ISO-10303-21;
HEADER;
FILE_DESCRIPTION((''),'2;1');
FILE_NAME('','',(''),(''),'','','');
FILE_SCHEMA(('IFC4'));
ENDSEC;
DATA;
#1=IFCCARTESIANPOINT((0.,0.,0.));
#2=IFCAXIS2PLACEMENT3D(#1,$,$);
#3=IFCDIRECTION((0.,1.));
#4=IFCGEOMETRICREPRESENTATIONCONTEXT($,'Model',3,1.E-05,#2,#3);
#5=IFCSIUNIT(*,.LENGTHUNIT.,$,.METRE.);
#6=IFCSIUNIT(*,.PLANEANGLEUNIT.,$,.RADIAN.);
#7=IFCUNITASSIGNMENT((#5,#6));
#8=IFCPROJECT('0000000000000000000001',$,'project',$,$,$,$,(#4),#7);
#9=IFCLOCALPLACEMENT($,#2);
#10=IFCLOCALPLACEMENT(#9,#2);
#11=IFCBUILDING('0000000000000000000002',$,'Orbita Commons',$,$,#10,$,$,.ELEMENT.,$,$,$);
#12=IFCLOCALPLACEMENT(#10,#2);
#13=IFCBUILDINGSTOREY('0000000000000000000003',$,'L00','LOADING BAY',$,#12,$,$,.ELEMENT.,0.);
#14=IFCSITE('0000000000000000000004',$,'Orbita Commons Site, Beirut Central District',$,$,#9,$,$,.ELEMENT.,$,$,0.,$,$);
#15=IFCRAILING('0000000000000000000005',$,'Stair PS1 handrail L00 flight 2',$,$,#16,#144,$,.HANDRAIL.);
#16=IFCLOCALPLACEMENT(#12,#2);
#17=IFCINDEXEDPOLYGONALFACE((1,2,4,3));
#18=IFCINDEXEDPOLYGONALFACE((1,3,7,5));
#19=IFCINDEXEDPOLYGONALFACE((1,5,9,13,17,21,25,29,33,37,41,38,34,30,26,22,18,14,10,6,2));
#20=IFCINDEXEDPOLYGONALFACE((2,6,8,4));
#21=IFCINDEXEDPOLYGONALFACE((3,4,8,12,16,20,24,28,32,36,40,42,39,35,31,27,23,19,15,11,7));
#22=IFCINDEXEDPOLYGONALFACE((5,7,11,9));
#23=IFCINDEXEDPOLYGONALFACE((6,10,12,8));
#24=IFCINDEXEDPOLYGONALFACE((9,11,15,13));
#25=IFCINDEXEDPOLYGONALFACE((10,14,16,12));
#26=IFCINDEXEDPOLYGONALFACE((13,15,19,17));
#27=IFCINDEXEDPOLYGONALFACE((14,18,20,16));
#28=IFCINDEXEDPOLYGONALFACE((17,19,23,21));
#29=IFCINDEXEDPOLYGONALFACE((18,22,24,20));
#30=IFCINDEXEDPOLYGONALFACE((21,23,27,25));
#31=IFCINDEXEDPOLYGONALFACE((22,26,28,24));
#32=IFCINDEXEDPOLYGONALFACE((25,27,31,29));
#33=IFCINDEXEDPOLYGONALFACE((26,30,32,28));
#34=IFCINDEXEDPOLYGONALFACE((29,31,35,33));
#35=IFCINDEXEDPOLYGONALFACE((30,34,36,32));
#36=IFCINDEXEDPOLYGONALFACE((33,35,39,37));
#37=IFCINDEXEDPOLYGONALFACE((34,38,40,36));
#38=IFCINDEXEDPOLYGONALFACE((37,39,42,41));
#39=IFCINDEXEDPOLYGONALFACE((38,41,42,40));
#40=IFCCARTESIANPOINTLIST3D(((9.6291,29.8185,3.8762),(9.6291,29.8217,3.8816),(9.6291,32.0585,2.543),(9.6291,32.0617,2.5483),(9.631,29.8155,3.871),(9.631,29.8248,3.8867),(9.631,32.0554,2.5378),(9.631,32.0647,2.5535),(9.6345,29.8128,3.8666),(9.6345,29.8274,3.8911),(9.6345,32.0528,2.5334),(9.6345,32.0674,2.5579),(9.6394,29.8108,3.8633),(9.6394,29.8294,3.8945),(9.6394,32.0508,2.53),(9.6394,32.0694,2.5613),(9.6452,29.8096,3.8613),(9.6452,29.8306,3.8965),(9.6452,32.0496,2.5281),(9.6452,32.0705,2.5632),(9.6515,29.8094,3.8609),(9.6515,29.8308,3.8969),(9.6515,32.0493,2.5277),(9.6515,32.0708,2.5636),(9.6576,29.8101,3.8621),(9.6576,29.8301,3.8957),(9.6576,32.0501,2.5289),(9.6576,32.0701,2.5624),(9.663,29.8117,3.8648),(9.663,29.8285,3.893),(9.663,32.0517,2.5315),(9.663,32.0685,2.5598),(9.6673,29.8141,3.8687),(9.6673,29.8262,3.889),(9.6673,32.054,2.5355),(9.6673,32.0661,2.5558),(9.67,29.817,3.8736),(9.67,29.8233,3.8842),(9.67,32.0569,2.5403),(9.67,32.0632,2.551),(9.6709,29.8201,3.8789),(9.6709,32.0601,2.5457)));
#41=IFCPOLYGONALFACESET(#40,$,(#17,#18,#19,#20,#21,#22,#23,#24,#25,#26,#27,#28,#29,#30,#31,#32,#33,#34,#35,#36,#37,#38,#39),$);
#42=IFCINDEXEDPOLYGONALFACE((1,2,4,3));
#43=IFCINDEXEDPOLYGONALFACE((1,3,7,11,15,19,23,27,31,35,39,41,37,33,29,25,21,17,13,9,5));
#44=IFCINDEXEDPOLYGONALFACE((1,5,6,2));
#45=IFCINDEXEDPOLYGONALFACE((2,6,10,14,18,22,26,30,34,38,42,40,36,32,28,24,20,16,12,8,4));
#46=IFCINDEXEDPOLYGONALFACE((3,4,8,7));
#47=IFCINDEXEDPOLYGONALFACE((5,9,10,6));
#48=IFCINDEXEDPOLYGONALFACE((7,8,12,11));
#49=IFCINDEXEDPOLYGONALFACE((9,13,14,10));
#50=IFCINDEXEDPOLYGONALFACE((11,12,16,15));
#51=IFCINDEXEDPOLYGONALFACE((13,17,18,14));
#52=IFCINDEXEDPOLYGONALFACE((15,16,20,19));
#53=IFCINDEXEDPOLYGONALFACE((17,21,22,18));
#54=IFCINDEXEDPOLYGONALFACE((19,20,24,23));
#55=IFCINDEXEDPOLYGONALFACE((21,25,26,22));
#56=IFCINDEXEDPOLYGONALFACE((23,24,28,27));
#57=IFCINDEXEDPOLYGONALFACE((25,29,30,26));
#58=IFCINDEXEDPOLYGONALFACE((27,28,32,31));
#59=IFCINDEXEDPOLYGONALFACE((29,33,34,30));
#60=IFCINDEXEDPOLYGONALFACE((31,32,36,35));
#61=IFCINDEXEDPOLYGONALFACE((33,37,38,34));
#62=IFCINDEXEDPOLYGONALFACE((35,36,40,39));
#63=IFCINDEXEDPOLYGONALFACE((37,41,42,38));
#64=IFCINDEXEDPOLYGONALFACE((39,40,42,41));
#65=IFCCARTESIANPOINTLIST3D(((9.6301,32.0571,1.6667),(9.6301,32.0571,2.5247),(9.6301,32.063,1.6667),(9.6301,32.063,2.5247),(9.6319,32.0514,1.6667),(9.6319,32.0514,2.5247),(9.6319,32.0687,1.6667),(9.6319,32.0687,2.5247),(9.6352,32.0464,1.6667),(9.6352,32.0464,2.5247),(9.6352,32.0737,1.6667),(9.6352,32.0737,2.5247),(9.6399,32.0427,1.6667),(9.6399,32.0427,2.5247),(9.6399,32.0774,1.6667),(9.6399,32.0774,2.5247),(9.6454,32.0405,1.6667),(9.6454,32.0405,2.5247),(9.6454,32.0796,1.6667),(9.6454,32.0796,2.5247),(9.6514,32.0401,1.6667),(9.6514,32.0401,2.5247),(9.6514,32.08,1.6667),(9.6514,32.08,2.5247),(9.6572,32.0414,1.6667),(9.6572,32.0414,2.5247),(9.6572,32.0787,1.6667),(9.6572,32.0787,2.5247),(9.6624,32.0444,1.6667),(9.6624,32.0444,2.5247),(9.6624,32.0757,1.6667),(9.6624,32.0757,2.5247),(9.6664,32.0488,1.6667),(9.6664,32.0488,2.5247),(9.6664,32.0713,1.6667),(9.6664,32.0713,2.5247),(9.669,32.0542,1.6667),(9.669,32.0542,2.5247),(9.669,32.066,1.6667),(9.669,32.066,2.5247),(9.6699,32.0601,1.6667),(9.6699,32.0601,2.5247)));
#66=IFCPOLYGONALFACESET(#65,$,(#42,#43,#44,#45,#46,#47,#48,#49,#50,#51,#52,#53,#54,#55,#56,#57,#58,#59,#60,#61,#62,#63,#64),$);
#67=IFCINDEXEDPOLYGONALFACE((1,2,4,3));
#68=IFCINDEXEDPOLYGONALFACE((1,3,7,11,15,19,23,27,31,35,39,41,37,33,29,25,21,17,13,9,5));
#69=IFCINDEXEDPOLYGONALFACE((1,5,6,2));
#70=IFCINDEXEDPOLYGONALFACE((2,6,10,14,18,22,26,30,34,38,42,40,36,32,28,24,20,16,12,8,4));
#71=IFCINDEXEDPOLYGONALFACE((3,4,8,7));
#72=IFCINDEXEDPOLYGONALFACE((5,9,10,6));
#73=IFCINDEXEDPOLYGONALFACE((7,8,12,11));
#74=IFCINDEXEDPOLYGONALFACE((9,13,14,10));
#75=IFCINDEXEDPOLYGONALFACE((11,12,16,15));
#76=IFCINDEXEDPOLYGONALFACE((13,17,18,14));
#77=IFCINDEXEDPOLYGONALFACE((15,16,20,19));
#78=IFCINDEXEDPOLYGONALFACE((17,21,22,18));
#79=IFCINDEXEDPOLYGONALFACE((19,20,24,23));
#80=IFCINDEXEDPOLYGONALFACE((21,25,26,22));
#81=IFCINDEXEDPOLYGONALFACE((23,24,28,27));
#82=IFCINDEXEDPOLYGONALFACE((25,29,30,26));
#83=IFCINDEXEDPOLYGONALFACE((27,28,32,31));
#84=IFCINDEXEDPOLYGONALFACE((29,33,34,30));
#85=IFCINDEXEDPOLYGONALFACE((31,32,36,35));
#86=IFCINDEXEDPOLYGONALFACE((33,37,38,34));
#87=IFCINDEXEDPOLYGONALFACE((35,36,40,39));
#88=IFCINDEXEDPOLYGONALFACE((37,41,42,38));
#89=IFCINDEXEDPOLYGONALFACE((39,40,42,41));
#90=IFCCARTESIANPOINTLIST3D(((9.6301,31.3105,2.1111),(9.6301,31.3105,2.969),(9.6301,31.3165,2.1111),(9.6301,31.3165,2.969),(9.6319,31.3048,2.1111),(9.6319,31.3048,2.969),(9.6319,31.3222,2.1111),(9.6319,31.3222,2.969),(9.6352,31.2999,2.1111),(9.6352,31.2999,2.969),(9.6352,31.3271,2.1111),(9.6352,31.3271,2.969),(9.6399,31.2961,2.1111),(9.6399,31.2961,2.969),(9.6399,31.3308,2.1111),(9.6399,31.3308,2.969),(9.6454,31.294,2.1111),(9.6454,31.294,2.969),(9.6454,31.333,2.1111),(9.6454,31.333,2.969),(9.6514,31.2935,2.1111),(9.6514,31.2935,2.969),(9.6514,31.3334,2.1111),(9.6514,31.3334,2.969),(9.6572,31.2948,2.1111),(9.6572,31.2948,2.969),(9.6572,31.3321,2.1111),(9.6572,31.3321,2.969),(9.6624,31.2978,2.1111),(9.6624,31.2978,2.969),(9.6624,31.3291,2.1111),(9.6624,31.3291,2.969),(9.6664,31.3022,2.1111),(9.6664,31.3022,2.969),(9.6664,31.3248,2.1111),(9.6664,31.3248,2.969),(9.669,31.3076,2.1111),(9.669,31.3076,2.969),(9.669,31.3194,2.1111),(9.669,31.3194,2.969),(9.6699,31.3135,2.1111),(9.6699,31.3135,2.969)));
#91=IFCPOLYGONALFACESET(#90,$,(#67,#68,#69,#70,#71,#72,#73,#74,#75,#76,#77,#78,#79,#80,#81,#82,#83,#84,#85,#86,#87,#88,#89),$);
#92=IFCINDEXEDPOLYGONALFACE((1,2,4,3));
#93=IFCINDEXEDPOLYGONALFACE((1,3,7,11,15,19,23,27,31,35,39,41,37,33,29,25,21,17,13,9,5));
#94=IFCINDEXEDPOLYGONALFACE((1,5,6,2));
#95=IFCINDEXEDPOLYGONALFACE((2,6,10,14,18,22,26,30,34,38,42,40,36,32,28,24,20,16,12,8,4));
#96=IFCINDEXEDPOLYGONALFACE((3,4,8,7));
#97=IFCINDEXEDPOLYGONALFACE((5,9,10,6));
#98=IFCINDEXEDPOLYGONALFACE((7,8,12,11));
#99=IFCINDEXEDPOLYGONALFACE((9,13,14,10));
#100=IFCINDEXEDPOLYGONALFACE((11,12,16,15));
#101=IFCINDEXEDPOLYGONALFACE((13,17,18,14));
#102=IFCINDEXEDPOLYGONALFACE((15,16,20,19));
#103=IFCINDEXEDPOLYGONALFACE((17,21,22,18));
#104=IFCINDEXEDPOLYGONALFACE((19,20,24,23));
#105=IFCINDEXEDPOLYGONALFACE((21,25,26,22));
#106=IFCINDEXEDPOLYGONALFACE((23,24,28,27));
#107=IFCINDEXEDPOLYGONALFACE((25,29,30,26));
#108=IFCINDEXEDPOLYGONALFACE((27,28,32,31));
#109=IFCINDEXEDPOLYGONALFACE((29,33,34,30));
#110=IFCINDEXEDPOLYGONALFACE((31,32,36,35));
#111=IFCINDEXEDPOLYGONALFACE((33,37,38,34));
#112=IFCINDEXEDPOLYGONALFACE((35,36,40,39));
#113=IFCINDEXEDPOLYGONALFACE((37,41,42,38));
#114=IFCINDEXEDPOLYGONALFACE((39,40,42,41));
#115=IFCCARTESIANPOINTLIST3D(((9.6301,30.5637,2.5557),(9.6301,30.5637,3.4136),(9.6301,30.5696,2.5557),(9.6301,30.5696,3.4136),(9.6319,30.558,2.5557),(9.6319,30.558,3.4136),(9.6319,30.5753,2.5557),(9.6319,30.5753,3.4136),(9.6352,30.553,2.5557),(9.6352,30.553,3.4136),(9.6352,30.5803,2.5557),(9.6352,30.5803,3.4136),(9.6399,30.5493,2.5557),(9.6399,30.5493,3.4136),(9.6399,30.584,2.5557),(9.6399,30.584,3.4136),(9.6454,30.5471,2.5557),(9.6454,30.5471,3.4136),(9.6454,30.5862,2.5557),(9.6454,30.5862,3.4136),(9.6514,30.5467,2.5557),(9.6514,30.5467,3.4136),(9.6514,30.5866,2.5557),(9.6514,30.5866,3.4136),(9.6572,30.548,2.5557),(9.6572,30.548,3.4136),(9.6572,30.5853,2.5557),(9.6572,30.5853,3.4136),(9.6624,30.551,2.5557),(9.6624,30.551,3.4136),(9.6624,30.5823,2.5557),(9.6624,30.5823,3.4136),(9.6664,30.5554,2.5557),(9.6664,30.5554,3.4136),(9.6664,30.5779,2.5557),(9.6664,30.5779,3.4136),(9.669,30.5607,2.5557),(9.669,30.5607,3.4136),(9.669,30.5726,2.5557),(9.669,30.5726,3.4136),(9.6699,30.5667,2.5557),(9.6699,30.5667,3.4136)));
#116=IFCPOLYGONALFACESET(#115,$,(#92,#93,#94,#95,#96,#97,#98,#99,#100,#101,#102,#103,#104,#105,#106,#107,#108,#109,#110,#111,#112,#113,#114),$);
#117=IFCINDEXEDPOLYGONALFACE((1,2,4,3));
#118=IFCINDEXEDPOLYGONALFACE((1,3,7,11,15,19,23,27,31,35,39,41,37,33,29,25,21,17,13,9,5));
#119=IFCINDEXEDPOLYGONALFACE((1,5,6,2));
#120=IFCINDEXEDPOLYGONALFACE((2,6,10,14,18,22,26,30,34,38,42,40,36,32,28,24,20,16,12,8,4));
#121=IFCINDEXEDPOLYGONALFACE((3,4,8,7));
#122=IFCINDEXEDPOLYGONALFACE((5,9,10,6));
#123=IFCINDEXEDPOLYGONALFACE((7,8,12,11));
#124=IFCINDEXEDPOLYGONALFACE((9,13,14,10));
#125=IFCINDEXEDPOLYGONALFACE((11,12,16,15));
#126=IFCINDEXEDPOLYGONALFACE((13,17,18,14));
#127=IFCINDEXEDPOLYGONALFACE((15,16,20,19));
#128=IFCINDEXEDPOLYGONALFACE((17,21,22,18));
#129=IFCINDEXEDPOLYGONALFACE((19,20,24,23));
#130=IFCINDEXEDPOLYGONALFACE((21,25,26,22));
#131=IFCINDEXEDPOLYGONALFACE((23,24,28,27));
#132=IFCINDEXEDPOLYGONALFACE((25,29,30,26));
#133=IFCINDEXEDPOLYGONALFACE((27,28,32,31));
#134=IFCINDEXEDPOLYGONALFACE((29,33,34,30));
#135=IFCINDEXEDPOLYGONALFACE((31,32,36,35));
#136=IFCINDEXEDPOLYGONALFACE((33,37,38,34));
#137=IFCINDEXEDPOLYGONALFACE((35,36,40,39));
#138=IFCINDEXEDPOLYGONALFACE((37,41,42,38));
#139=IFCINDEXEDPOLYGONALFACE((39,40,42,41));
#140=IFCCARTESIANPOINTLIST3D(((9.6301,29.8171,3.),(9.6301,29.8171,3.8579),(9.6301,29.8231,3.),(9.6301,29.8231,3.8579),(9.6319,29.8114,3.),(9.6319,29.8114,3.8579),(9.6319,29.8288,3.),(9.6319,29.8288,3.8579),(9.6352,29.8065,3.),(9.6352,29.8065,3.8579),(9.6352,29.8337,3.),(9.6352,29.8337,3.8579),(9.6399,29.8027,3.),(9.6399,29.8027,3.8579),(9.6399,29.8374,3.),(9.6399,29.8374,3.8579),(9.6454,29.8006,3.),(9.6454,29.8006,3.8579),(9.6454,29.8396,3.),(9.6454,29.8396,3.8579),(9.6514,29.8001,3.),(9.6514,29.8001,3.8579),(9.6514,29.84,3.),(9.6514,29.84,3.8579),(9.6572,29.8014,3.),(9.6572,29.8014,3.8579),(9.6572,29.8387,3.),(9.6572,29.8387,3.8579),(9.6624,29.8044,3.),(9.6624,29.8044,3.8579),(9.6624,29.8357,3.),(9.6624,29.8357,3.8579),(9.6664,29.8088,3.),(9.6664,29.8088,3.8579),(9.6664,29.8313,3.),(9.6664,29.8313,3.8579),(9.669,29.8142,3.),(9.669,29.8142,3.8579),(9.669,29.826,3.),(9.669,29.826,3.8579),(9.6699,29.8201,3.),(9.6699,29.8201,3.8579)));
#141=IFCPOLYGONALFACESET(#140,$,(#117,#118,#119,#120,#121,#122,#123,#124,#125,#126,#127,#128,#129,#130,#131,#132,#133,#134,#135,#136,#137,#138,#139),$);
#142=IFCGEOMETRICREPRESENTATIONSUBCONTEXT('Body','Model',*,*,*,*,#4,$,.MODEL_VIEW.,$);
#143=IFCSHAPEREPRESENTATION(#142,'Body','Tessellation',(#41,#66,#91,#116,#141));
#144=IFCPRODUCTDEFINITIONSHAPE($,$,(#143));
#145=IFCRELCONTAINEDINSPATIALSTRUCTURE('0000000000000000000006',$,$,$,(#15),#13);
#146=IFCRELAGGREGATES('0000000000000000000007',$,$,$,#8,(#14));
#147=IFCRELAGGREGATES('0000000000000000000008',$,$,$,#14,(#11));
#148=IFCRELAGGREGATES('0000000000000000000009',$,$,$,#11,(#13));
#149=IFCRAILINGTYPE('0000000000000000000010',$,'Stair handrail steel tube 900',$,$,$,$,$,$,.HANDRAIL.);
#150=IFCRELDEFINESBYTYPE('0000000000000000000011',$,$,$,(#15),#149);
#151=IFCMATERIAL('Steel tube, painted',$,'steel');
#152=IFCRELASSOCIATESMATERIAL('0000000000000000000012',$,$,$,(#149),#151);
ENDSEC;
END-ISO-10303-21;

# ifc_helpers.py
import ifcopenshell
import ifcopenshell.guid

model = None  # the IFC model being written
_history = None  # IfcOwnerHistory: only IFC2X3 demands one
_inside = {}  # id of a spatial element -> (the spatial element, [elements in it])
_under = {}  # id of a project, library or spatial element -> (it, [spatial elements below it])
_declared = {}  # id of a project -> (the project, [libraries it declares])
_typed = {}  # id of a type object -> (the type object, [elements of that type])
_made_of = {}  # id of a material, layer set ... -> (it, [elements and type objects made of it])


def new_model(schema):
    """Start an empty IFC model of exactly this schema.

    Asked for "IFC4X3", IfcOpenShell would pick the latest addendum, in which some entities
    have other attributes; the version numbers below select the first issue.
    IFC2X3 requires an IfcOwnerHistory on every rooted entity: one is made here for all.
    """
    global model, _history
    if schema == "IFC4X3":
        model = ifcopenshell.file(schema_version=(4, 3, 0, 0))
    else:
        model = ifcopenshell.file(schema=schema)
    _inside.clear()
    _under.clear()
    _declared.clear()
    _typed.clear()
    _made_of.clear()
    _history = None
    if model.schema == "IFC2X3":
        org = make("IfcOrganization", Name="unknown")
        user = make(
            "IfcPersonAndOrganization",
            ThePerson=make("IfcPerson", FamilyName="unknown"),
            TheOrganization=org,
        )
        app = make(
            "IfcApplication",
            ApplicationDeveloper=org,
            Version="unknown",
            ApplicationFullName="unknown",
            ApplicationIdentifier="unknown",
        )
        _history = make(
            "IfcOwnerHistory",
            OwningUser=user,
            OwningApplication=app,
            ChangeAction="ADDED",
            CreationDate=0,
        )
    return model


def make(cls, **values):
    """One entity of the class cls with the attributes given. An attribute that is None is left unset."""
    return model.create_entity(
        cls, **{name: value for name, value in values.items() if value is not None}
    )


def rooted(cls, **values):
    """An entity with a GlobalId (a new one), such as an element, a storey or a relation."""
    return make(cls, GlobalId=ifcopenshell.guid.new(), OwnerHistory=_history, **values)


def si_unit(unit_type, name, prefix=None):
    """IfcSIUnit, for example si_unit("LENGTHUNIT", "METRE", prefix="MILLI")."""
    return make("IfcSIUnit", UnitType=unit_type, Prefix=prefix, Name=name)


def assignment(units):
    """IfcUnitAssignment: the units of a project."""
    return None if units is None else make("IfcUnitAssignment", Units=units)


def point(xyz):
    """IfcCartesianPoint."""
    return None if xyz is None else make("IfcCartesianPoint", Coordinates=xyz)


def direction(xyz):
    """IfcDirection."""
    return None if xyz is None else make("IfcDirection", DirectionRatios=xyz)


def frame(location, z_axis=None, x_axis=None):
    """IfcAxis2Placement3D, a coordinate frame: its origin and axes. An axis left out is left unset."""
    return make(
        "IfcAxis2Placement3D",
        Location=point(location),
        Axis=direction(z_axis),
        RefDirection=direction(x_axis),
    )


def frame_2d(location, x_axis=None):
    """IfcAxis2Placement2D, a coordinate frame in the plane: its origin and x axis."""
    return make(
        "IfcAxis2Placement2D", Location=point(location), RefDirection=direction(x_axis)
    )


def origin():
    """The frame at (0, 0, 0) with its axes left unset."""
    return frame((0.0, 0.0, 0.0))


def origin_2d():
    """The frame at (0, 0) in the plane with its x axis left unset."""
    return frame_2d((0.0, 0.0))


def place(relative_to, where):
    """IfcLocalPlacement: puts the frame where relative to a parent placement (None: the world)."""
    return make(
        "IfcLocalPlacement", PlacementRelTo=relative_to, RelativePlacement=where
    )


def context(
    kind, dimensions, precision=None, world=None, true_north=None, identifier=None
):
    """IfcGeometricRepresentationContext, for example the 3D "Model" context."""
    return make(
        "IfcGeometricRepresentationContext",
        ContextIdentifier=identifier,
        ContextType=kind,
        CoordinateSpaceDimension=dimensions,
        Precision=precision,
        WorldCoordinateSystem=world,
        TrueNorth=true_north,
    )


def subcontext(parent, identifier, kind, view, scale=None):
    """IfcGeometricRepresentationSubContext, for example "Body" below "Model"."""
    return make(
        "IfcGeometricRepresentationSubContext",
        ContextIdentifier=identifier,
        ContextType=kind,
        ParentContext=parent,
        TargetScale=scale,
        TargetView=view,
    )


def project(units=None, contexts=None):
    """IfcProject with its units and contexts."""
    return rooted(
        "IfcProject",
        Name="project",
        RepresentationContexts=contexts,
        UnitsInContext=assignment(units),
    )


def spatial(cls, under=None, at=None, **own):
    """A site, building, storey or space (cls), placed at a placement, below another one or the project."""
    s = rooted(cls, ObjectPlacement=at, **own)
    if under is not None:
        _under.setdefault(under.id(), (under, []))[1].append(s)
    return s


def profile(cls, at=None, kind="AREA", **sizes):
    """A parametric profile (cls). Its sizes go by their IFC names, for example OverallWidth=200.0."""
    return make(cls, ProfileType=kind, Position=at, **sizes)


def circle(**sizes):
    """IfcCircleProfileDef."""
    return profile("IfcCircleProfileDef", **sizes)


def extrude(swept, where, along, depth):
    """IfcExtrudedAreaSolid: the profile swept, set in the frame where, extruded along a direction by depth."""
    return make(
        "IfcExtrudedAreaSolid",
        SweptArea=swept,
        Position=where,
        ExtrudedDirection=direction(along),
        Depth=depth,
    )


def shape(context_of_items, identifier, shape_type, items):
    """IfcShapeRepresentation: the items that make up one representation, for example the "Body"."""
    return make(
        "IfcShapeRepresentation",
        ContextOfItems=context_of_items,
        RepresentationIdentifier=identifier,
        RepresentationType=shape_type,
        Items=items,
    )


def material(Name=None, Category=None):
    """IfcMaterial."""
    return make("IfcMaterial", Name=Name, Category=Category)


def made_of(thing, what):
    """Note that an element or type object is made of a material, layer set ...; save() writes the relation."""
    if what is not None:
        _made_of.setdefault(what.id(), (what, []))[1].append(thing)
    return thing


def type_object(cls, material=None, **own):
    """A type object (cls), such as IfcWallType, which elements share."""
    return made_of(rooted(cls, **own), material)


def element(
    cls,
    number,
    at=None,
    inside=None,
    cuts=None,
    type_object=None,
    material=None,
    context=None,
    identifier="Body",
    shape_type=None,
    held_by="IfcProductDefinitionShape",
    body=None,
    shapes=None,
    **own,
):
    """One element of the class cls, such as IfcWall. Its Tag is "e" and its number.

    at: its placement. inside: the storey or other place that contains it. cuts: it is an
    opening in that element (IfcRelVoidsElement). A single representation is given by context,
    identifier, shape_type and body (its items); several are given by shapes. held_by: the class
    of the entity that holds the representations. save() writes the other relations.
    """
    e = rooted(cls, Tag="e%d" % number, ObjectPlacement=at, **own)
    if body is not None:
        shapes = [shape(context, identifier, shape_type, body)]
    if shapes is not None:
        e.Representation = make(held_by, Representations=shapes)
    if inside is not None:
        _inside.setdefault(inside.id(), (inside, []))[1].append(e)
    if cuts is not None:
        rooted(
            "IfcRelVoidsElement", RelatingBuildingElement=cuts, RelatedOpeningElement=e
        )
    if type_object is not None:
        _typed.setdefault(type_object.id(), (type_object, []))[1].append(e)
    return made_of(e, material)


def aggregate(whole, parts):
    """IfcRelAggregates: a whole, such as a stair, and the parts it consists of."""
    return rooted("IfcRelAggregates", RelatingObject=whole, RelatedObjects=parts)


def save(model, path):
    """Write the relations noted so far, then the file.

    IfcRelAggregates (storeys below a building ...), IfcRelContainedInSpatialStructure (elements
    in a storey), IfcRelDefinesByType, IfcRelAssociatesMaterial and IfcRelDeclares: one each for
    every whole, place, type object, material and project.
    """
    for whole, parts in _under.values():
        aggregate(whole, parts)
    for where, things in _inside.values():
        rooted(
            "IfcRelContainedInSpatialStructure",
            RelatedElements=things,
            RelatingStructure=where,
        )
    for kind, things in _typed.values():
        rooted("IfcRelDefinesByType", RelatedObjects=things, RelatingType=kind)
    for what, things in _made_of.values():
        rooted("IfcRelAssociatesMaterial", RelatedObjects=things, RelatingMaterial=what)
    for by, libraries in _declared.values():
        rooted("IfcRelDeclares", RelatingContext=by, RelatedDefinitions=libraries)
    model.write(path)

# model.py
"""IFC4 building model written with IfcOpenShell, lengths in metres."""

from ifc_helpers import new_model, si_unit, direction, frame, origin, origin_2d, place, context, subcontext, project, spatial, circle, extrude, material, type_object, element, save


model = new_model("IFC4")

# Units and contexts
model_context = context("Model", 3, precision=1e-05, world=origin(), true_north=direction((0.0, 1.0)))
body_context = subcontext(model_context, "Body", "Model", "MODEL_VIEW")
ifc_project = project(units=[si_unit("LENGTHUNIT", "METRE"), si_unit("PLANEANGLEUNIT", "RADIAN")], contexts=[model_context])

# Site, building, storey
site_placement = place(None, origin())
site = spatial("IfcSite", under=ifc_project, at=site_placement, Name="Orbita Commons Site, Beirut Central District", CompositionType="ELEMENT", RefElevation=0.0)
building_placement = place(site_placement, origin())
building = spatial("IfcBuilding", under=site, at=building_placement, Name="Orbita Commons", CompositionType="ELEMENT")
storey_placement = place(building_placement, origin())
storey = spatial("IfcBuildingStorey", under=building, at=storey_placement, Name="L00", Description="LOADING BAY", CompositionType="ELEMENT", Elevation=0.0)

# Railing
ifc_material_1 = material(Name="Steel tube, painted", Category="steel")
railing_type = type_object("IfcRailingType", Name="Stair handrail steel tube 900", PredefinedType="HANDRAIL", material=ifc_material_1)
for number, where, name in (
    (1, (9.6499, 32.0601, 1.6667), "Stair PS1 handrail L00 flight 2"),
):
    element("IfcRailing", number, at=place(storey_placement, frame(where)), inside=storey, type_object=railing_type, Name=name, PredefinedType="HANDRAIL", context=body_context, shape_type="SweptSolid", body=[
        extrude(circle(Radius=0.021, at=origin_2d()), frame((0.0, 0.0, 0.8789), z_axis=(0.0, -0.859306, 0.511462), x_axis=(1.0, 0.0, 0.0)), (0.0, 0.0, 1.0), 2.6067),
        extrude(circle(Radius=0.02, at=origin_2d()), origin(), (0.0, 0.0, 1.0), 0.8579),
        extrude(circle(Radius=0.02, at=origin_2d()), frame((0.0, -0.7466, 0.4443)), (0.0, 0.0, 1.0), 0.8579),
        extrude(circle(Radius=0.02, at=origin_2d()), frame((0.0, -1.4934, 0.8889)), (0.0, 0.0, 1.0), 0.8579),
        extrude(circle(Radius=0.02, at=origin_2d()), frame((0.0, -2.24, 1.3333)), (0.0, 0.0, 1.0), 0.8579),
    ])

save(model, "model.ifc")
